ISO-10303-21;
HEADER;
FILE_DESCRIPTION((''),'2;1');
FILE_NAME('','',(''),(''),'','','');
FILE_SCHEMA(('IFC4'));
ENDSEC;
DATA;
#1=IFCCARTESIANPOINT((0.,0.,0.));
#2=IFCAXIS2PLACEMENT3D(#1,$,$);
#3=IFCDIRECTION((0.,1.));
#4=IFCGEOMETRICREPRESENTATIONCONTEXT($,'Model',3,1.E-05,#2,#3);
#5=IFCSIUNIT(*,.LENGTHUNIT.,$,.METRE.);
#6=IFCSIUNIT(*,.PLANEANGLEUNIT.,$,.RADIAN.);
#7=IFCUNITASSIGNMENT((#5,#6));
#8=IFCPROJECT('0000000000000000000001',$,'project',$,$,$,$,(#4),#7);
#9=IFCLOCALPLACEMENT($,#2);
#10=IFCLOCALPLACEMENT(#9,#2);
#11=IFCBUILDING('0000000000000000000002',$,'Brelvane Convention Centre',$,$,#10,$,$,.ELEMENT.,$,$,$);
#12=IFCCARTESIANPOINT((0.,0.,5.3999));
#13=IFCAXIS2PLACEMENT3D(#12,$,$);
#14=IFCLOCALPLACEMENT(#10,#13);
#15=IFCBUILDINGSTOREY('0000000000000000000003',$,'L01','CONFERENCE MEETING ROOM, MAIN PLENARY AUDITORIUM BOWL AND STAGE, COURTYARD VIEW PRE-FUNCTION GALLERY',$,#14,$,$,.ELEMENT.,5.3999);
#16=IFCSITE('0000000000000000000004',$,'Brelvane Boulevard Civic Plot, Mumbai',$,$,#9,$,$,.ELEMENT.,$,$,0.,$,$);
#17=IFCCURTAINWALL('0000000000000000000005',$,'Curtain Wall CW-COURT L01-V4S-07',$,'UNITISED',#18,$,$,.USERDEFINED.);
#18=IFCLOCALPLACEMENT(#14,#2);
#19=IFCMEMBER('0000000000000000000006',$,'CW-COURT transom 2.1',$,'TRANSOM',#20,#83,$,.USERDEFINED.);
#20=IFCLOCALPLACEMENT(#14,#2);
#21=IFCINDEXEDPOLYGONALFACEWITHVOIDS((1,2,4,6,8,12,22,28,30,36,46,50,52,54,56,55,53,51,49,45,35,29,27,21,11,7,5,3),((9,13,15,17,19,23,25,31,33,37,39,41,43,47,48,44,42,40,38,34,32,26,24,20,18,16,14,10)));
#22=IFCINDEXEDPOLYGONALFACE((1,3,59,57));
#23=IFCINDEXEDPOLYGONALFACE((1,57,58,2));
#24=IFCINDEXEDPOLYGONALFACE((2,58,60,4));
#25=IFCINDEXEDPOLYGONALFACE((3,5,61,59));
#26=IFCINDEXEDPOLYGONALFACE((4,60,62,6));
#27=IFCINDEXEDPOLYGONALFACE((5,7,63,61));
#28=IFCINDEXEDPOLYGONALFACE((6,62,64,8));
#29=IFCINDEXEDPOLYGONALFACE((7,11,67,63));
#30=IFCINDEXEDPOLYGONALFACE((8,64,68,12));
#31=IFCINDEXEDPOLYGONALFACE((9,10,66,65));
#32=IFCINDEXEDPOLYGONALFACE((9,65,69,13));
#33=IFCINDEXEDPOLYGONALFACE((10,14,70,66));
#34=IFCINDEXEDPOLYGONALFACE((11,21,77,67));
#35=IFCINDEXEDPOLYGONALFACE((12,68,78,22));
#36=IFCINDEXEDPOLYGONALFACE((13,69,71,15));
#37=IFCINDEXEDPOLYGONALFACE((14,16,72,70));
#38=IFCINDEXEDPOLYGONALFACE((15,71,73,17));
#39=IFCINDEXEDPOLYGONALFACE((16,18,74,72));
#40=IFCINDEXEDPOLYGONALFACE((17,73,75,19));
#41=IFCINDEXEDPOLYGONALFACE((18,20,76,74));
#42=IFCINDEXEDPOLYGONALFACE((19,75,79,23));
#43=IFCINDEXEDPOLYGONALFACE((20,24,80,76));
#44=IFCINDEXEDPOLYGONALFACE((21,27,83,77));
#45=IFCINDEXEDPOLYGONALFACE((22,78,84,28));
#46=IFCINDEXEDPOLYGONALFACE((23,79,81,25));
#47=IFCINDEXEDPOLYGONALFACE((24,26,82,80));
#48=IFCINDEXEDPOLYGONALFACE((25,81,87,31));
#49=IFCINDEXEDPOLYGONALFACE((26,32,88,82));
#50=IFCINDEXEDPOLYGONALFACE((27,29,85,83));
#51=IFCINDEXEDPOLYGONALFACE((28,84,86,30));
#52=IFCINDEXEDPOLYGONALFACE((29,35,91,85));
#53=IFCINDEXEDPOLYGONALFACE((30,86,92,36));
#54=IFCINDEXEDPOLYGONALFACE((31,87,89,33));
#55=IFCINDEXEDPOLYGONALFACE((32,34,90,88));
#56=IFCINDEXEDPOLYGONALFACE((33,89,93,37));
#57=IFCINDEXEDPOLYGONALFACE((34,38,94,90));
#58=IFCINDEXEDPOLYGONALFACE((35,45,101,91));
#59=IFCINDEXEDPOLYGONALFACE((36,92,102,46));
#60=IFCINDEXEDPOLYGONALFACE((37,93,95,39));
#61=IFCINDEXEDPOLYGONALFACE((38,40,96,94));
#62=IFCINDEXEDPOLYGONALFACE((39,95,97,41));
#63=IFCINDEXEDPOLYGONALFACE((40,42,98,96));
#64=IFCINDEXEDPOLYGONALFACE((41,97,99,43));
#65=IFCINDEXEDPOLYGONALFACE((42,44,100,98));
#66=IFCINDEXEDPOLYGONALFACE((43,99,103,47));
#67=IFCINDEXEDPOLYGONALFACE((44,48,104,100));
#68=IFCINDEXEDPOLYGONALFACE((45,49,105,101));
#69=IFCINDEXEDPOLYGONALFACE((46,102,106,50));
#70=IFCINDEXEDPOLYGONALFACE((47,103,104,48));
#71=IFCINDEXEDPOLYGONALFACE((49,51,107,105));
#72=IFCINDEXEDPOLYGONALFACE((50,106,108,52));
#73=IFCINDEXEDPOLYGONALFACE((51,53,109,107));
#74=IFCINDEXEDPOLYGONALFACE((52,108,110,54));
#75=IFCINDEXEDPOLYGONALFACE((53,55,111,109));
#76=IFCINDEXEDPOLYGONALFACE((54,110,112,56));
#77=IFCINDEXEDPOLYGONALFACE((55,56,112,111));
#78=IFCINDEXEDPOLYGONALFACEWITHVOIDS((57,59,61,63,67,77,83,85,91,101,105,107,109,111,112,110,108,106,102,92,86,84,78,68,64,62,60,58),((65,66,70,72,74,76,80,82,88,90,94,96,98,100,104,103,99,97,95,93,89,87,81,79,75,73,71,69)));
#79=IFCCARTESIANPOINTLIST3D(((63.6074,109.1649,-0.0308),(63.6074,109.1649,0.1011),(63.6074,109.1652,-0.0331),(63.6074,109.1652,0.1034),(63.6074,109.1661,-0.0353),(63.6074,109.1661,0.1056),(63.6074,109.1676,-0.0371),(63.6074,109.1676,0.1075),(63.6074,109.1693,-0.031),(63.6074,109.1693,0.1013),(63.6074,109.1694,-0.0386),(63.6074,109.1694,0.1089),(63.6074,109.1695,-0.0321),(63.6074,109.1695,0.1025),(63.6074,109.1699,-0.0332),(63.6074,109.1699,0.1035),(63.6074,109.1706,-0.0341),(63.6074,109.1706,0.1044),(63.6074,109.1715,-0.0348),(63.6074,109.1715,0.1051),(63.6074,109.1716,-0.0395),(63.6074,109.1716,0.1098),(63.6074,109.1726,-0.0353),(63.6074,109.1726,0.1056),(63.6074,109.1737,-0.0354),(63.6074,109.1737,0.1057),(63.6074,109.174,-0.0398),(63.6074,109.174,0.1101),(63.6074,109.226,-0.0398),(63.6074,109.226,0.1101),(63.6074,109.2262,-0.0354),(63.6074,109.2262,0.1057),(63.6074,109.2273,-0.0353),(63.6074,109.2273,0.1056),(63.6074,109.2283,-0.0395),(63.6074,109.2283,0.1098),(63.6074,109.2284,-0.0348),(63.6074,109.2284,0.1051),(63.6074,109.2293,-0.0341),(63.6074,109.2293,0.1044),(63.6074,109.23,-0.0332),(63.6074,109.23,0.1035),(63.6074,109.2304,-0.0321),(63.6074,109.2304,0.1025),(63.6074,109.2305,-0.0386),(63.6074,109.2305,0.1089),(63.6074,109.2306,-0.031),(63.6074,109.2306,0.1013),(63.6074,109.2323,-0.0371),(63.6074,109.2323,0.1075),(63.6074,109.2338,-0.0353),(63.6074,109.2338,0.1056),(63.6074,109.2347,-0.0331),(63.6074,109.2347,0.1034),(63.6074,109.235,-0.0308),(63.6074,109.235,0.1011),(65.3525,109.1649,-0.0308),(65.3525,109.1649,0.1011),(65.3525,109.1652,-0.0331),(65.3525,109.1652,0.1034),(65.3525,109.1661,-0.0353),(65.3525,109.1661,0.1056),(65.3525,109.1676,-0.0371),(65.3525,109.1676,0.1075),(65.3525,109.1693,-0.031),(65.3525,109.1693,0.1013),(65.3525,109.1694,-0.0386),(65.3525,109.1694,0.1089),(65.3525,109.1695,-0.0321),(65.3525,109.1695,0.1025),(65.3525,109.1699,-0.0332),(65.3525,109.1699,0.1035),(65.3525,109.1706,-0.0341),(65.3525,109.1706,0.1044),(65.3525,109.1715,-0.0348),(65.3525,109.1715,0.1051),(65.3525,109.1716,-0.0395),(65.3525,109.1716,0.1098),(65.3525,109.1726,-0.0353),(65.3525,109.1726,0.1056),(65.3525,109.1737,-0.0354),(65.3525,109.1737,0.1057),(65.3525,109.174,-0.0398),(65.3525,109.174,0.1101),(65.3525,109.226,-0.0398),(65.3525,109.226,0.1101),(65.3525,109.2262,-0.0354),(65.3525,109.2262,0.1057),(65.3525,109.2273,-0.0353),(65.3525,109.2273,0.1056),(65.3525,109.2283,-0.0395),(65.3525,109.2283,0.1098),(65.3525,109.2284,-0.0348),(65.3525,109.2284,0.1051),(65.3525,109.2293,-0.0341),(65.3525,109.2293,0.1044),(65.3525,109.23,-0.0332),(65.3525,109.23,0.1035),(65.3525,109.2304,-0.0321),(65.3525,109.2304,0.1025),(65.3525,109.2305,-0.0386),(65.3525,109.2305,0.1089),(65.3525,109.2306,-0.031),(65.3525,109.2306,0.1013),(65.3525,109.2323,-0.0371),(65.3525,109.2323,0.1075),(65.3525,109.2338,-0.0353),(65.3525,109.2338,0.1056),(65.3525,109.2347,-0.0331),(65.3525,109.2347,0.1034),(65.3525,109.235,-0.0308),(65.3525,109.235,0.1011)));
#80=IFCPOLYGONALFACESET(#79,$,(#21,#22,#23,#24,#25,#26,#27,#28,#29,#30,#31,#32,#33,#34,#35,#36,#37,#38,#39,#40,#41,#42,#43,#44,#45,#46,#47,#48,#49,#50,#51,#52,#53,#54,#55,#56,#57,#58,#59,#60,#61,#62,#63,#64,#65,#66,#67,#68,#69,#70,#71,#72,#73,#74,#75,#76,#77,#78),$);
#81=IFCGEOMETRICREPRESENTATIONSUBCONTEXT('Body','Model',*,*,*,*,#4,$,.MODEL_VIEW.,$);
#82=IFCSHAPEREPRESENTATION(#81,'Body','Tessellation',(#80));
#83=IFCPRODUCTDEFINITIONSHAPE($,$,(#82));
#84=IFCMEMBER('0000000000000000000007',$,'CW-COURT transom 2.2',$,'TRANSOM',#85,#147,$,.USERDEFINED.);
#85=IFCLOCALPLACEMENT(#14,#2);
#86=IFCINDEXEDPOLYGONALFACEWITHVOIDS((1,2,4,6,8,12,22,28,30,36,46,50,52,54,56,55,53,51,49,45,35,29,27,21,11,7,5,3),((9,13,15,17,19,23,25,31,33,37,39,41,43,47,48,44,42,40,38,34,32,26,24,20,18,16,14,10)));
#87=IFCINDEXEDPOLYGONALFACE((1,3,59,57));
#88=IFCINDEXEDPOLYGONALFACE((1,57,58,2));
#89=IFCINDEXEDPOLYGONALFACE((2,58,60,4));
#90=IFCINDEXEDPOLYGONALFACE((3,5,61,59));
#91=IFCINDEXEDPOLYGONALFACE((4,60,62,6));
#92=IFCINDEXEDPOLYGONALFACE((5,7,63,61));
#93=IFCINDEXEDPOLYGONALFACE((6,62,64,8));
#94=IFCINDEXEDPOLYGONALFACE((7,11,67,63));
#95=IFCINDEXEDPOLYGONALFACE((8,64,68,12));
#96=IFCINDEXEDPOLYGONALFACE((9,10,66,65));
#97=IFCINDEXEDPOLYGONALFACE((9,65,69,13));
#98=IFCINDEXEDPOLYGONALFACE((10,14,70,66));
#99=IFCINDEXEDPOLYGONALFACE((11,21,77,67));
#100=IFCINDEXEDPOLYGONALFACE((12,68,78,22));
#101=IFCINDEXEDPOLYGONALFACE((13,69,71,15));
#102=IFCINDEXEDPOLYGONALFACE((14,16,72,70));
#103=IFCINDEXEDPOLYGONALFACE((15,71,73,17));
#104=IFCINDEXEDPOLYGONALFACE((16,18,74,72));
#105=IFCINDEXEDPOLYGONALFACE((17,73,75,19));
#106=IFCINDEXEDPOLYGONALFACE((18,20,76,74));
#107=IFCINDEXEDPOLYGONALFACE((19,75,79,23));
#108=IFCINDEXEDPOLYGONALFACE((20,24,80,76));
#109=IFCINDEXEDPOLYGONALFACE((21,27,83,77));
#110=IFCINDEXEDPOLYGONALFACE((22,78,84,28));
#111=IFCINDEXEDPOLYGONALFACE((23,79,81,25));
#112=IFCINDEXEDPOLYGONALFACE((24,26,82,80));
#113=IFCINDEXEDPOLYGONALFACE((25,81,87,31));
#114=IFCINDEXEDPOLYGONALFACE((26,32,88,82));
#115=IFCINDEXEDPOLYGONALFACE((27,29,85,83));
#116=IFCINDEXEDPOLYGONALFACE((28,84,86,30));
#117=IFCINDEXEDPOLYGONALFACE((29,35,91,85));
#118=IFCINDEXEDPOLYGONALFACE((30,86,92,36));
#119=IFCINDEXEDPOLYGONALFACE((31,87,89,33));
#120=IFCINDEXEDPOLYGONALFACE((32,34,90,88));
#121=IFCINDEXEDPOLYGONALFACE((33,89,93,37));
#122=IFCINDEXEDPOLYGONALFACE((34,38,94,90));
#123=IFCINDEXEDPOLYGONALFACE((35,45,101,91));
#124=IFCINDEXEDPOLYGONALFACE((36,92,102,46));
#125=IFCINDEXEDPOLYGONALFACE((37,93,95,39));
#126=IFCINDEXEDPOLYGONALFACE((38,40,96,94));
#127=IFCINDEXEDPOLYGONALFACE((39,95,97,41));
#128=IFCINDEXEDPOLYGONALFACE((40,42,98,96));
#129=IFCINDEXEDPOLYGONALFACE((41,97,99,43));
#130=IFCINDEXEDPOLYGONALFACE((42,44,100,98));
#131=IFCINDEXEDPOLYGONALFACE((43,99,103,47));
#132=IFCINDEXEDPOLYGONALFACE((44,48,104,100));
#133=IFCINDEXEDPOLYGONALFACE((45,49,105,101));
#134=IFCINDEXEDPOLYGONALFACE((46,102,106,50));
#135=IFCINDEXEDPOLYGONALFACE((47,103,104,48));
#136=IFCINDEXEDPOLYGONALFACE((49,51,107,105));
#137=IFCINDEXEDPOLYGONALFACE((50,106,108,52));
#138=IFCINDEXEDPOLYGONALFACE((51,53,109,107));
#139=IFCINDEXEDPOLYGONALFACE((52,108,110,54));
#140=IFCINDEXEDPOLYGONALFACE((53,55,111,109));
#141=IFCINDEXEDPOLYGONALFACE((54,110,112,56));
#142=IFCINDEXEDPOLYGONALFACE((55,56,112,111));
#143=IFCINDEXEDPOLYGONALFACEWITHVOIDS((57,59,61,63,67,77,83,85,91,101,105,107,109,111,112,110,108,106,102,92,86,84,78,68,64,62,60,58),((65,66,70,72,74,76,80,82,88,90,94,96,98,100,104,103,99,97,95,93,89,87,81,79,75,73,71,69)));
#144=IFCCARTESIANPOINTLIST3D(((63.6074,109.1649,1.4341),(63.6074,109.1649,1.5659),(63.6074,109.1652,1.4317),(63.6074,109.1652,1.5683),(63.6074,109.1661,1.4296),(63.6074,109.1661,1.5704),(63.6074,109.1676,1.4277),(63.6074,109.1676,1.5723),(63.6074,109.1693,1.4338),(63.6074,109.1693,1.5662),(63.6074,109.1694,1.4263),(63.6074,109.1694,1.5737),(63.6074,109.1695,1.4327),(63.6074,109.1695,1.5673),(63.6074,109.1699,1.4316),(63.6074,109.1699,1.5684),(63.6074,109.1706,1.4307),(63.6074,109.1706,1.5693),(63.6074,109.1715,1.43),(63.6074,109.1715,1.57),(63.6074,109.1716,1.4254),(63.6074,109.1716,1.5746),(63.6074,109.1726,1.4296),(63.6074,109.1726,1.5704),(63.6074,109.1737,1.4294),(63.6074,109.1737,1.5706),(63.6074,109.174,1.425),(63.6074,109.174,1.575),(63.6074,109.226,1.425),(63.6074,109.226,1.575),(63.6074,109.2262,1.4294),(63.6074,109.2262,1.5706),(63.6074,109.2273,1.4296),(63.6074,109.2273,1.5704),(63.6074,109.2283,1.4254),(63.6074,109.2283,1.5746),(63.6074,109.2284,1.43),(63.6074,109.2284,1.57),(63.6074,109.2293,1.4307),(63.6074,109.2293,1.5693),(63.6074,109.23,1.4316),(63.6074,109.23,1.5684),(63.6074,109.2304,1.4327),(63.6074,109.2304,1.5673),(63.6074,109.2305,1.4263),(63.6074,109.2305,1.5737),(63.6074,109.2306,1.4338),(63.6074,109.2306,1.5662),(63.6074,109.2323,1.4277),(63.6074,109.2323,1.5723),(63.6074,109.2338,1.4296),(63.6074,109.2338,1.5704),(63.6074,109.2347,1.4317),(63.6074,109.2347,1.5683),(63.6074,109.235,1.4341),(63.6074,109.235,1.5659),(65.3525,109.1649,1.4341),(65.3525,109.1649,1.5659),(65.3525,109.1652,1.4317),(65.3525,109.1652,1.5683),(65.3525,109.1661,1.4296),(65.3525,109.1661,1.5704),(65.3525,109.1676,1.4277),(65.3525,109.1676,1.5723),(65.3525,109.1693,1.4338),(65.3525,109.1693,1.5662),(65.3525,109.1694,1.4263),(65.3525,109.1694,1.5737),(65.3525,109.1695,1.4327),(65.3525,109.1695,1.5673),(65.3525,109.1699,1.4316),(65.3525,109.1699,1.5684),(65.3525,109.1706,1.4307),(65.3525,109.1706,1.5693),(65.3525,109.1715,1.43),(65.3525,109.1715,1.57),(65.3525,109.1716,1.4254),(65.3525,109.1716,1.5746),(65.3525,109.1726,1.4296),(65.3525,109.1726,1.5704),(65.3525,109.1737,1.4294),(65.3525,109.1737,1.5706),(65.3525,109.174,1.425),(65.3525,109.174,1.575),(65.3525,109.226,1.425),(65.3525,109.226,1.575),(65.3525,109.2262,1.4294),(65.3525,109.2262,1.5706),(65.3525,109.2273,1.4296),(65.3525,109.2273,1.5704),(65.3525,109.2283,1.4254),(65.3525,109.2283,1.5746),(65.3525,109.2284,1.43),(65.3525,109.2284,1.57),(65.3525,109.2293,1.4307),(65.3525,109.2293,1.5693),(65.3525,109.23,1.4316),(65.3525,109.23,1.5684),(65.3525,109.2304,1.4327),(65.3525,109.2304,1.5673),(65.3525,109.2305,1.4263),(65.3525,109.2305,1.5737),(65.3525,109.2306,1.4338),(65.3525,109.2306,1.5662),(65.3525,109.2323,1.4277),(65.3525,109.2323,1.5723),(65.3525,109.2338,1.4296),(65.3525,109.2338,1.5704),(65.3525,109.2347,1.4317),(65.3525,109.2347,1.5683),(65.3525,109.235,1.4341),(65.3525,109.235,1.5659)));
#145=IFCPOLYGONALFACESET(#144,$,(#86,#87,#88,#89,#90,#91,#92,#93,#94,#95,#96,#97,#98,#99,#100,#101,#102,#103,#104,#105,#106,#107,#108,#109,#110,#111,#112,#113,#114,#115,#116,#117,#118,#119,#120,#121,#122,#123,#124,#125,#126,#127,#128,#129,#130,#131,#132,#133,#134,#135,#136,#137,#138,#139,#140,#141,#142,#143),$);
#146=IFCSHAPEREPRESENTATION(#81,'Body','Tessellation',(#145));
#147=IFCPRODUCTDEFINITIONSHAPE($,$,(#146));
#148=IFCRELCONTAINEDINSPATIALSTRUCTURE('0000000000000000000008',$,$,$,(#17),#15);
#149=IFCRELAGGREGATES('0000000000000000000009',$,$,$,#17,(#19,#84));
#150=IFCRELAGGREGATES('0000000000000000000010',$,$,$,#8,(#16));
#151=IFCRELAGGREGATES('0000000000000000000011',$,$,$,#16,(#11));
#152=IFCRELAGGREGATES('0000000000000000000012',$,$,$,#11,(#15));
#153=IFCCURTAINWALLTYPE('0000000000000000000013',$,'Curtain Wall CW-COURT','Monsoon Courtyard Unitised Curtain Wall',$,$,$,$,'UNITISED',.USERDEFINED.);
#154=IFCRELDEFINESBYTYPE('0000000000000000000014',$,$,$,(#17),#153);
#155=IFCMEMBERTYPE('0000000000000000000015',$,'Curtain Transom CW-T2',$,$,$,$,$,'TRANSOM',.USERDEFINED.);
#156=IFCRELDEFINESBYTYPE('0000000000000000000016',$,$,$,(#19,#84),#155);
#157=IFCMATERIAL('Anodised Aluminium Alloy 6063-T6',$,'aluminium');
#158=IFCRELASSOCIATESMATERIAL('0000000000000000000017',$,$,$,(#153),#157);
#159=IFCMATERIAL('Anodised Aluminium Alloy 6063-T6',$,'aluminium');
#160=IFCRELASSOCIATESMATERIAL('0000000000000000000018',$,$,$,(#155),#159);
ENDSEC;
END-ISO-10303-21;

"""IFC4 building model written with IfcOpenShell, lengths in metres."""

from ifc_helpers import new_model, si_unit, direction, frame, origin, origin_2d, place, context, subcontext, project, spatial, hollow_rectangle, extrude, material, material_profile, profile_set, type_object, element, aggregate, save


model = new_model("IFC4")

# Units and contexts
model_context = context("Model", 3, precision=1e-05, world=origin(), true_north=direction((0.0, 1.0)))
body_context = subcontext(model_context, "Body", "Model", "MODEL_VIEW")
ifc_project = project(units=[si_unit("LENGTHUNIT", "METRE"), si_unit("PLANEANGLEUNIT", "RADIAN")], contexts=[model_context])

# Site, building, storey
site_placement = place(None, origin())
site = spatial("IfcSite", under=ifc_project, at=site_placement, Name="Brelvane Boulevard Civic Plot, Mumbai", CompositionType="ELEMENT", RefElevation=0.0)
building_placement = place(site_placement, origin())
building = spatial("IfcBuilding", under=site, at=building_placement, Name="Brelvane Convention Centre", CompositionType="ELEMENT")
storey_placement = place(building_placement, frame((0.0, 0.0, 5.3999)))
storey = spatial("IfcBuildingStorey", under=building, at=storey_placement, Name="L01", Description="CONFERENCE MEETING ROOM, MAIN PLENARY AUDITORIUM BOWL AND STAGE, COURTYARD VIEW PRE-FUNCTION GALLERY", CompositionType="ELEMENT", Elevation=5.3999)

# Curtain wall, members
ifc_material_1 = material(Name="Anodised Aluminium Alloy 6063-T6", Category="aluminium")
curtain_wall_type = type_object("IfcCurtainWallType", Name="Curtain Wall CW-COURT", Description="Monsoon Courtyard Unitised Curtain Wall", ElementType="UNITISED", PredefinedType="USERDEFINED", material=ifc_material_1)
curtain_wall_placement = place(storey_placement, origin())
curtain_wall = element("IfcCurtainWall", 1, at=curtain_wall_placement, inside=storey, type_object=curtain_wall_type, Name="Curtain Wall CW-COURT L01-V4S-07", ObjectType="UNITISED", PredefinedType="USERDEFINED")
ifc_material_2 = material(Name="Anodised Aluminium Alloy 6063-T6", Category="aluminium")
ifc_material_profile_1 = material_profile(ifc_material_2, hollow_rectangle(XDim=0.0701, YDim=0.1499, WallThickness=0.0044, InnerFilletRadius=0.0044, OuterFilletRadius=0.009, at=origin_2d()), Name="ALU-T 150x70x4.5")
ifc_profile_set_1 = profile_set([ifc_material_profile_1], Name="Anodised Aluminium Alloy 6063-T6")
member_type_1 = type_object("IfcMemberType", Name="Curtain Transom CW-T2", ElementType="TRANSOM", PredefinedType="USERDEFINED", material=ifc_profile_set_1)
member_1_placement = place(storey_placement, frame((63.6074, 109.2, 0.0352), z_axis=(1.0, 0.0, 0.0), x_axis=(0.0, 1.0, 0.0)))
member_1 = element("IfcMember", 2, at=member_1_placement, type_object=member_type_1, Name="CW-COURT transom 2.1", ObjectType="TRANSOM", PredefinedType="USERDEFINED", context=body_context, shape_type="SweptSolid", body=[
    extrude(hollow_rectangle(XDim=0.0701, YDim=0.1499, WallThickness=0.0044, InnerFilletRadius=0.0044, OuterFilletRadius=0.009, at=origin_2d()), origin(), (0.0, 0.0, 1.0), 1.7451),
])
member_2_placement = place(storey_placement, frame((63.6074, 109.2, 1.5), z_axis=(1.0, 0.0, 0.0), x_axis=(0.0, 1.0, 0.0)))
member_2 = element("IfcMember", 3, at=member_2_placement, type_object=member_type_1, Name="CW-COURT transom 2.2", ObjectType="TRANSOM", PredefinedType="USERDEFINED", context=body_context, shape_type="SweptSolid", body=[
    extrude(hollow_rectangle(XDim=0.0701, YDim=0.1499, WallThickness=0.0044, InnerFilletRadius=0.0044, OuterFilletRadius=0.009, at=origin_2d()), origin(), (0.0, 0.0, 1.0), 1.7451),
])
aggregate(curtain_wall, [member_1, member_2])

save(model, "model.ifc")
